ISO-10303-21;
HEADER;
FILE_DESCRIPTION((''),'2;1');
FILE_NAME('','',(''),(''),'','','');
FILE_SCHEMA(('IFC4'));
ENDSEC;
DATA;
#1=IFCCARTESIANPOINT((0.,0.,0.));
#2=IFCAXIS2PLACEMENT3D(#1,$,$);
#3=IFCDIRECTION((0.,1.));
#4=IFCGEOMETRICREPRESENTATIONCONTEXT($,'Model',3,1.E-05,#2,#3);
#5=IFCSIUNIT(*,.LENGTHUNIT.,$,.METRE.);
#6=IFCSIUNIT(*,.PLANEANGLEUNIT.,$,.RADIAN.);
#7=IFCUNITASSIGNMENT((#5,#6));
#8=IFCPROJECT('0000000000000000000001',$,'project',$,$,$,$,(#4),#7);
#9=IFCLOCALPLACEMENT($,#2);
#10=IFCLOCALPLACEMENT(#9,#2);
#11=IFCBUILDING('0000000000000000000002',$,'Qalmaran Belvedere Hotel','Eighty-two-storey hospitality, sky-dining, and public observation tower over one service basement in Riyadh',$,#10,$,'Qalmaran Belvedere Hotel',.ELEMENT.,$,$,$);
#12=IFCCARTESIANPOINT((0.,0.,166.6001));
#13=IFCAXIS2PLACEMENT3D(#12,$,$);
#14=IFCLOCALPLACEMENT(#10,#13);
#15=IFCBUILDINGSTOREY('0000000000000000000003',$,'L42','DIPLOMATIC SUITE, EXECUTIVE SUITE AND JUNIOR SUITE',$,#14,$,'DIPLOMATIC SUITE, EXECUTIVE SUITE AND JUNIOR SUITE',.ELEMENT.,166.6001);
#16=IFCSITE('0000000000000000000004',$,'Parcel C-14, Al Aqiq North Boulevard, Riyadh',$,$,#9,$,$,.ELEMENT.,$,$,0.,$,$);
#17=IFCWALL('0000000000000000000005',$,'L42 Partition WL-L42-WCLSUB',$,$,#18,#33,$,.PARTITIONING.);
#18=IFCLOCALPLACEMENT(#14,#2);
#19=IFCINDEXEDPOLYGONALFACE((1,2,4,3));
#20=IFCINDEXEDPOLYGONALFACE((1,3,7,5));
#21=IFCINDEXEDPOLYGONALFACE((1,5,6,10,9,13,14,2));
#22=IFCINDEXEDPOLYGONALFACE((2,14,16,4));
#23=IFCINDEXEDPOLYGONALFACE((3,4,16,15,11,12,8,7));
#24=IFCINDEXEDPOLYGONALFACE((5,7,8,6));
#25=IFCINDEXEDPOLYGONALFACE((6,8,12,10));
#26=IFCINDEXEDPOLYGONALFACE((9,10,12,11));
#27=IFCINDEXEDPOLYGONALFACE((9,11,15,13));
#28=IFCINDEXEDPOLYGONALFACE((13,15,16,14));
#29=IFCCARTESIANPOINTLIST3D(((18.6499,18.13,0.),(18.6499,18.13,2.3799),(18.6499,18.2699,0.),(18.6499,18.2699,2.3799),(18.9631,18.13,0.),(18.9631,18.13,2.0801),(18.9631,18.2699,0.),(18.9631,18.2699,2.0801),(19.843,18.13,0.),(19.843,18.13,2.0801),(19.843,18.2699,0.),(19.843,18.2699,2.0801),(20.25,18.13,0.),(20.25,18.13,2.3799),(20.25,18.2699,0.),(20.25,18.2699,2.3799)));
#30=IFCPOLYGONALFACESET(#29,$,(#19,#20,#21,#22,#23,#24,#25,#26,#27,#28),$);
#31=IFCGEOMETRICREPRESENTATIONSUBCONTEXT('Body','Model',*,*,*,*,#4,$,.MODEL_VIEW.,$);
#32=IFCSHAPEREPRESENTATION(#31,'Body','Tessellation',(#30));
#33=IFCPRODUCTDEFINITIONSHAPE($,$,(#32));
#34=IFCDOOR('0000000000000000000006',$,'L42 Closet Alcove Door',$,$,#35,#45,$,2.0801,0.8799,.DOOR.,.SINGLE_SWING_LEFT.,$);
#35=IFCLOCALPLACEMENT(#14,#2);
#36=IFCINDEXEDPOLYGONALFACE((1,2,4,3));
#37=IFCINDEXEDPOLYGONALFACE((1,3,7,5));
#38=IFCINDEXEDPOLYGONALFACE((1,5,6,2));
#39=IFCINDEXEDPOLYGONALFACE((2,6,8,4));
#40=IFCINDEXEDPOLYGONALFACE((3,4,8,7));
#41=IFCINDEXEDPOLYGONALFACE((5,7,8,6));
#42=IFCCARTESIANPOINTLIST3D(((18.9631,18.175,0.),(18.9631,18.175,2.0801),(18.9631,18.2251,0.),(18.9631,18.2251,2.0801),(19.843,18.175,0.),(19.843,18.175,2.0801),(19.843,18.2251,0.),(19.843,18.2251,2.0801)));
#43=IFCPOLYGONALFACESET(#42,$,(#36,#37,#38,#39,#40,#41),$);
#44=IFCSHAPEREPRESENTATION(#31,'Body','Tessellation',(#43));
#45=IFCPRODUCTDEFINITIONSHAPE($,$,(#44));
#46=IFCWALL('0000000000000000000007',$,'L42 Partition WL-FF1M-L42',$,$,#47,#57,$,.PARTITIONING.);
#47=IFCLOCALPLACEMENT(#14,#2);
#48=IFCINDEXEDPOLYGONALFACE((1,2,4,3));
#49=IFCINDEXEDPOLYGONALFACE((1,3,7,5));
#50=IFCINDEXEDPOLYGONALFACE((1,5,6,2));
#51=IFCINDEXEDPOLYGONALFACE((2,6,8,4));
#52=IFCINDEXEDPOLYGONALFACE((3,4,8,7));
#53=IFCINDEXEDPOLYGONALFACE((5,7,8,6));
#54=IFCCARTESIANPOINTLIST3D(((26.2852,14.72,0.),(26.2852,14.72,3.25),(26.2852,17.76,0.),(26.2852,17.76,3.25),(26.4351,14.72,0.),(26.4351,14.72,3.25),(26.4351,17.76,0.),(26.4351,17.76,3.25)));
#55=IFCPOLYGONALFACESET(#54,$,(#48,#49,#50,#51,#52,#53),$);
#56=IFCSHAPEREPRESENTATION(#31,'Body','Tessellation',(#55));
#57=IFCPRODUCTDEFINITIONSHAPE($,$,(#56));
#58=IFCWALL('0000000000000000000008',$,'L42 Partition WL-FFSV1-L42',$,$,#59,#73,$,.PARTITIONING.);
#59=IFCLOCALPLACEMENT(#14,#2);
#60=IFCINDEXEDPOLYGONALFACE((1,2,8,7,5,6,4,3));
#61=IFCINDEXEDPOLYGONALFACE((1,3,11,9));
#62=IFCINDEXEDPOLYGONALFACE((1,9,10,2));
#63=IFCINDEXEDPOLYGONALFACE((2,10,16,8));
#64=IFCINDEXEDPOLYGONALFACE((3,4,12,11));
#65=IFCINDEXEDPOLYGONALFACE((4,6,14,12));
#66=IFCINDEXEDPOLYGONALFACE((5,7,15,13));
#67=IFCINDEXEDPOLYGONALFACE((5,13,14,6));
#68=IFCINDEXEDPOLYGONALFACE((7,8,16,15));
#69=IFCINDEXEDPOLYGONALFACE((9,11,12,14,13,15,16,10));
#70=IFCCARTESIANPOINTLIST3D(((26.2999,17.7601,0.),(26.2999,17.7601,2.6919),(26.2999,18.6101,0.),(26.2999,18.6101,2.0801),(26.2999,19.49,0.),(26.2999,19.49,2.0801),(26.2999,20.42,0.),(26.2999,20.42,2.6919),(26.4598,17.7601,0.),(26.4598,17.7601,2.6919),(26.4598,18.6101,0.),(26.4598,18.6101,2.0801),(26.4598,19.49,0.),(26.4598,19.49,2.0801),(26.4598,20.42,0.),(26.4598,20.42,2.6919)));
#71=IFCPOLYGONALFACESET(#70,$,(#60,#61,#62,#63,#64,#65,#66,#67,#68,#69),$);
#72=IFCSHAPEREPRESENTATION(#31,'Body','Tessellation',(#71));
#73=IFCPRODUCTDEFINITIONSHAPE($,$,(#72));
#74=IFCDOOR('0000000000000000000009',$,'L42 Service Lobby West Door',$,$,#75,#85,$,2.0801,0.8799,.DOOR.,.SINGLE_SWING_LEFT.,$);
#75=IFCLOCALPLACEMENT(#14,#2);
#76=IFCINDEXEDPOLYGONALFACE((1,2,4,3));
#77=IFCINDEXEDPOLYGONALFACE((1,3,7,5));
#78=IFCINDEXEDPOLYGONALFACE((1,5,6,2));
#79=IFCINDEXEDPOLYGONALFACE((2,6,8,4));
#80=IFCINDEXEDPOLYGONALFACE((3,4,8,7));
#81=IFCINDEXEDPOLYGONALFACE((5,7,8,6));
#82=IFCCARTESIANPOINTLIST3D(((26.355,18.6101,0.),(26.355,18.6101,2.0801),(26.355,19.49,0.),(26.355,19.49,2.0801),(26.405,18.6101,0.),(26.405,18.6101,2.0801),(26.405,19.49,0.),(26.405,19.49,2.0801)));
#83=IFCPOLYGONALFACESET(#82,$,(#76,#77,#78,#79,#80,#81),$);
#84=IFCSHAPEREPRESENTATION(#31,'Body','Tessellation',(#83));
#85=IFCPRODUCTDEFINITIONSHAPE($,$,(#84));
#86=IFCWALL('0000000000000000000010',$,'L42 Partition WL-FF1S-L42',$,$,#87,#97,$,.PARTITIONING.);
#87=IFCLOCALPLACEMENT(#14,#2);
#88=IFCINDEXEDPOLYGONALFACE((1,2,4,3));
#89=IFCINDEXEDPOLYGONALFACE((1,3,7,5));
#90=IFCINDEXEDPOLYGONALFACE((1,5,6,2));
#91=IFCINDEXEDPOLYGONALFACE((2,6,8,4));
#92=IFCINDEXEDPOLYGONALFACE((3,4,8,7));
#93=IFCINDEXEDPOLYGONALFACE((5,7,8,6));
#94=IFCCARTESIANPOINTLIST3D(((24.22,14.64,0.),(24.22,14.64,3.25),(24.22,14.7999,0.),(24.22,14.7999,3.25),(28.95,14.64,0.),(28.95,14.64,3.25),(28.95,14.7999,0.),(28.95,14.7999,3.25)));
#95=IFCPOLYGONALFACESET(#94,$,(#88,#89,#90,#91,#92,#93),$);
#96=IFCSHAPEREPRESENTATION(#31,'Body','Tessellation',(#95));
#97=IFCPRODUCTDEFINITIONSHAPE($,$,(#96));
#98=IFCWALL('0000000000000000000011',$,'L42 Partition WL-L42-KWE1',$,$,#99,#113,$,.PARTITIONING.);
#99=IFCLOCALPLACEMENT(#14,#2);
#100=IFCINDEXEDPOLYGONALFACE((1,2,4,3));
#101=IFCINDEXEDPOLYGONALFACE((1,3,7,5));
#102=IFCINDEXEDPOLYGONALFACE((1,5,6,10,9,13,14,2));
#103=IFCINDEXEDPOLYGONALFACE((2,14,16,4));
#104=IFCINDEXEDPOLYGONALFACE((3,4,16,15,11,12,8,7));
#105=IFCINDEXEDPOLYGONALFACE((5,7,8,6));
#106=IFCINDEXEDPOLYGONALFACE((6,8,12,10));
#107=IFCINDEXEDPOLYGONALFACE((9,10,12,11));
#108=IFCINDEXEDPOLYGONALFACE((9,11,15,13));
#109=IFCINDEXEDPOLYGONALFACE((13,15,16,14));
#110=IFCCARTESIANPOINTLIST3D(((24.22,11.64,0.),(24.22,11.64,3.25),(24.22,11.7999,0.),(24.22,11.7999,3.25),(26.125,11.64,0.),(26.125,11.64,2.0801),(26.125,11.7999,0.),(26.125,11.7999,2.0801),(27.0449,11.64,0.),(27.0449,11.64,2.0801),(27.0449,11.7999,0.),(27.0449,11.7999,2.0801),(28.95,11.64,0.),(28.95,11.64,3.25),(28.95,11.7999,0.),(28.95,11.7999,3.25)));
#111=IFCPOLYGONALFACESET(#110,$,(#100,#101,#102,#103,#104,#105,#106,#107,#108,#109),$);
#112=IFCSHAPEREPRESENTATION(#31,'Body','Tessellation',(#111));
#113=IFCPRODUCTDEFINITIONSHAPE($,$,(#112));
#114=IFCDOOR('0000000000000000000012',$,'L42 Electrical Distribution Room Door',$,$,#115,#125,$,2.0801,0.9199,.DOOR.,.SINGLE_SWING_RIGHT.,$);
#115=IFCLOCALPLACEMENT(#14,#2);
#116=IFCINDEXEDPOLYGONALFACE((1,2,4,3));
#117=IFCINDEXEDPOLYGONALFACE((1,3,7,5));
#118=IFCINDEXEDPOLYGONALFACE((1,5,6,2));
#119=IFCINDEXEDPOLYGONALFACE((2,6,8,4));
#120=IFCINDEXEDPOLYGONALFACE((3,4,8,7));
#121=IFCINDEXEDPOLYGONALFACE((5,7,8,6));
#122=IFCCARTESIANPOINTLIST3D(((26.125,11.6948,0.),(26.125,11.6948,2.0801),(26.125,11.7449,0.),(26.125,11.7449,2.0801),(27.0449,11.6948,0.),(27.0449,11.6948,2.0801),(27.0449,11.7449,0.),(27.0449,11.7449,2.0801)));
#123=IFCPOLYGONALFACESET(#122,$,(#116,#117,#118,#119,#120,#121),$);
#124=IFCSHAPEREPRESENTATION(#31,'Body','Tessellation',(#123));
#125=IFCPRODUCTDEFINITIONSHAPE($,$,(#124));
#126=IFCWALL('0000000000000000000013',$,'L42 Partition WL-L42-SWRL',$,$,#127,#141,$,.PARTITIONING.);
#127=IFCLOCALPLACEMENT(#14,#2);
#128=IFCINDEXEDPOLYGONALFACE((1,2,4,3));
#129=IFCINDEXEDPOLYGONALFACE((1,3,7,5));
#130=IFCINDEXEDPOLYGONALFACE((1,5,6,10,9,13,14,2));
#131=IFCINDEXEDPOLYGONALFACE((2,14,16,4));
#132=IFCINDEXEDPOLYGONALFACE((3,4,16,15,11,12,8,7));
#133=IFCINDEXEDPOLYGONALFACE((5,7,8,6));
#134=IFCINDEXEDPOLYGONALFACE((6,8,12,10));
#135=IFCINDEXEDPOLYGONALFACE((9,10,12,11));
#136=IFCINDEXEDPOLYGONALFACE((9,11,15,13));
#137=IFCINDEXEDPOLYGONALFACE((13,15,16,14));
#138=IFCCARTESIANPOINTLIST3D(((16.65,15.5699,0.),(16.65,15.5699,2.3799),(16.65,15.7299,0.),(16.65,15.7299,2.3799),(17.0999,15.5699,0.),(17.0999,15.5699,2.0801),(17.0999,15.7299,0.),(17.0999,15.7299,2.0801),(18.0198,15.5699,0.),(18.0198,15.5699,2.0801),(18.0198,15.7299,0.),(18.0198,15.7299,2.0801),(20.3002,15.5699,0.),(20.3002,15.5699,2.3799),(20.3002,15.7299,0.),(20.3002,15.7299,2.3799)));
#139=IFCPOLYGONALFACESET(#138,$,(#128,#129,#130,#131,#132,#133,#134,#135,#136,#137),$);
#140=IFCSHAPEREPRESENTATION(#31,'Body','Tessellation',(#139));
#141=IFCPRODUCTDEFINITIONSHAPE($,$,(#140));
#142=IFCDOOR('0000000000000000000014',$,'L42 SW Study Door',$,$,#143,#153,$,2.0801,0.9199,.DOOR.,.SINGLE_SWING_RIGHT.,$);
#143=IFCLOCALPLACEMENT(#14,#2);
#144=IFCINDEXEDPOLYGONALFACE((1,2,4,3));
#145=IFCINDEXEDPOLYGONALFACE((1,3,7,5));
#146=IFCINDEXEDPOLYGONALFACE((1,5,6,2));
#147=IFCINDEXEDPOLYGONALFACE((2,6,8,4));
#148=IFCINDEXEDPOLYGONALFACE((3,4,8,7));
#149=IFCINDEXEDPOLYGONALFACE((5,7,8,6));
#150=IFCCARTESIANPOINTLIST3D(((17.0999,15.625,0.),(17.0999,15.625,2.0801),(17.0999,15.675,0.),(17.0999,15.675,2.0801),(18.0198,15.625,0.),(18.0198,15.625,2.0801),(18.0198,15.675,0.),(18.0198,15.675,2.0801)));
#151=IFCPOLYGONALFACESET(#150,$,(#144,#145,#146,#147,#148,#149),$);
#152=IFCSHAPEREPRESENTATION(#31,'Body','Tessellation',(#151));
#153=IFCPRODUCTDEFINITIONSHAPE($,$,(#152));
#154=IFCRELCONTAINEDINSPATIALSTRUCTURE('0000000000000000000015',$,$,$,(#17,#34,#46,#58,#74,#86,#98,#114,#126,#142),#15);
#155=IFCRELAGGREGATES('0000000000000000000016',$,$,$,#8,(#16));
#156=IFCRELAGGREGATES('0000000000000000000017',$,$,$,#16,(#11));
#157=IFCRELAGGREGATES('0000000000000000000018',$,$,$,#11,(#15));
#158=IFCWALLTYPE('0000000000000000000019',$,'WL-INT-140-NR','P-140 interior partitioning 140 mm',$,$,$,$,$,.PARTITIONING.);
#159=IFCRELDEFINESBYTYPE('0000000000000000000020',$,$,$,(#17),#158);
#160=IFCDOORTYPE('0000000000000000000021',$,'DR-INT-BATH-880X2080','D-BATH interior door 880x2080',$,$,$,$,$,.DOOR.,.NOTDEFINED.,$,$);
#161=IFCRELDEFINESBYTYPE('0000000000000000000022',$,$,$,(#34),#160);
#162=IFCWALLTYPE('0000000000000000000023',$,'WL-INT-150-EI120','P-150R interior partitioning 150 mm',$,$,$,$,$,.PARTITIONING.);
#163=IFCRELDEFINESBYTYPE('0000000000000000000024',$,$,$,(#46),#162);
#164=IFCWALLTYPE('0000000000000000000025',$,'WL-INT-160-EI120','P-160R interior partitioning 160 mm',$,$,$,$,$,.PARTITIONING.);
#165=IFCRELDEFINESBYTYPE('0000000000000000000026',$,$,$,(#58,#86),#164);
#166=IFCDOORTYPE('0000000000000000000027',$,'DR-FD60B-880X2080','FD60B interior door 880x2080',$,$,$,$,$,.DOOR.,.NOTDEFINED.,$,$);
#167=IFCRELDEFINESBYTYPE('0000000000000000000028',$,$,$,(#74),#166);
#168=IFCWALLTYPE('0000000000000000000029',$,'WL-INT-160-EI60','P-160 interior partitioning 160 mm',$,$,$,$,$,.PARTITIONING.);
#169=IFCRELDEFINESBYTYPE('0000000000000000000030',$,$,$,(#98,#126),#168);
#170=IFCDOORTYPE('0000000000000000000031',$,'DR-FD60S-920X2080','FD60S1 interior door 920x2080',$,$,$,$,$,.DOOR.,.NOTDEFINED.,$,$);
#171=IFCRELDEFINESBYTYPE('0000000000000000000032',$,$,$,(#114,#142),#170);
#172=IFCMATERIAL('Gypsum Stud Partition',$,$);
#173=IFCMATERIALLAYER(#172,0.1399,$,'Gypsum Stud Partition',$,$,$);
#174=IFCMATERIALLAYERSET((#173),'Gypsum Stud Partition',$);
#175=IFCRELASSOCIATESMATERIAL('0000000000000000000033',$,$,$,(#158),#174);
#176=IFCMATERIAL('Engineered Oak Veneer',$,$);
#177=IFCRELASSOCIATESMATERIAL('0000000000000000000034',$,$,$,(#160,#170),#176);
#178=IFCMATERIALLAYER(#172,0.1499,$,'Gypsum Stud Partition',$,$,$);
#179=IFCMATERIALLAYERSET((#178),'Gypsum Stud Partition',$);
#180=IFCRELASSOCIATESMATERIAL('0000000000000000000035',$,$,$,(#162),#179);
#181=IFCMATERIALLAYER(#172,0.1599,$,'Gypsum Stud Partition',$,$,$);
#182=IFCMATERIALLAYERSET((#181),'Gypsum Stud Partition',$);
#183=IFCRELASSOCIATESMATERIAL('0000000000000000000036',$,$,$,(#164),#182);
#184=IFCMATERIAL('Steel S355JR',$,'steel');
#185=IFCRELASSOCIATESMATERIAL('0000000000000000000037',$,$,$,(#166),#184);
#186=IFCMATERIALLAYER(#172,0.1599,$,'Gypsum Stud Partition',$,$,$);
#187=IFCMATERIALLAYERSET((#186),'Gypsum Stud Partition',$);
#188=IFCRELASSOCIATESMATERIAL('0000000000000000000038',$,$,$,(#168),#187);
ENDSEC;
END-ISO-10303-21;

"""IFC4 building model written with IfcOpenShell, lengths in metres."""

from ifc_helpers import new_model, si_unit, direction, frame, frame_2d, origin, place, context, subcontext, project, spatial, rectangle, extrude, material, layer, layer_set, type_object, element, fill, save


model = new_model("IFC4")

# Units and contexts
model_context = context("Model", 3, precision=1e-05, world=origin(), true_north=direction((0.0, 1.0)))
body_context = subcontext(model_context, "Body", "Model", "MODEL_VIEW")
ifc_project = project(units=[si_unit("LENGTHUNIT", "METRE"), si_unit("PLANEANGLEUNIT", "RADIAN")], contexts=[model_context])

# Site, building, storey
site_placement = place(None, origin())
site = spatial("IfcSite", under=ifc_project, at=site_placement, Name="Parcel C-14, Al Aqiq North Boulevard, Riyadh", CompositionType="ELEMENT", RefElevation=0.0)
building_placement = place(site_placement, origin())
building = spatial("IfcBuilding", under=site, at=building_placement, Name="Qalmaran Belvedere Hotel", Description="Eighty-two-storey hospitality, sky-dining, and public observation tower over one service basement in Riyadh", LongName="Qalmaran Belvedere Hotel", CompositionType="ELEMENT")
storey_placement = place(building_placement, frame((0.0, 0.0, 166.6001)))
storey = spatial("IfcBuildingStorey", under=building, at=storey_placement, Name="L42", Description="DIPLOMATIC SUITE, EXECUTIVE SUITE AND JUNIOR SUITE", LongName="DIPLOMATIC SUITE, EXECUTIVE SUITE AND JUNIOR SUITE", CompositionType="ELEMENT", Elevation=166.6001)

# Wall, opening, door
ifc_material_1 = material(Name="Gypsum Stud Partition")
ifc_layer_1 = layer(ifc_material_1, 0.1399, Name="Gypsum Stud Partition")
ifc_layer_set_1 = layer_set([ifc_layer_1], Name="Gypsum Stud Partition")
wall_type_1 = type_object("IfcWallType", Name="WL-INT-140-NR", Description="P-140 interior partitioning 140 mm", PredefinedType="PARTITIONING", material=ifc_layer_set_1)
wall_1_placement = place(storey_placement, frame((18.6499, 18.2, 0.0), z_axis=(0.0, 0.0, 1.0), x_axis=(1.0, 0.0, 0.0)))
wall_1 = element("IfcWall", 1, at=wall_1_placement, inside=storey, type_object=wall_type_1, Name="L42 Partition WL-L42-WCLSUB", PredefinedType="PARTITIONING", context=body_context, shape_type="SweptSolid", body=[
    extrude(rectangle(XDim=1.6001, YDim=0.1399, at=frame_2d((0.8, 0.0))), origin(), (0.0, 0.0, 1.0), 2.3799),
])
opening_1_placement = place(wall_1_placement, frame((1.1931, 0.0, 0.0), z_axis=(0.0, 0.0, 1.0), x_axis=(-1.0, 0.0, 0.0)))
opening_1 = element("IfcOpeningElement", 2, at=opening_1_placement, cuts=wall_1, PredefinedType="OPENING", context=body_context, shape_type="SweptSolid", body=[
    extrude(rectangle(XDim=0.8799, YDim=2.0801, at=frame_2d((0.4399, 1.04))), frame((0.0, 0.0801, 0.0), z_axis=(0.0, -1.0, 0.0), x_axis=(1.0, 0.0, 0.0)), (0.0, 0.0, 1.0), 0.1599),
])
ifc_material_2 = material(Name="Engineered Oak Veneer")
door_type_1 = type_object("IfcDoorType", Name="DR-INT-BATH-880X2080", Description="D-BATH interior door 880x2080", OperationType="NOTDEFINED", PredefinedType="DOOR", material=ifc_material_2)
door_1_placement = place(opening_1_placement, origin())
door_1 = element("IfcDoor", 3, at=door_1_placement, inside=storey, type_object=door_type_1, Name="L42 Closet Alcove Door", OperationType="SINGLE_SWING_LEFT", OverallHeight=2.0801, OverallWidth=0.8799, PredefinedType="DOOR", context=body_context, shape_type="SweptSolid", body=[
    extrude(rectangle(XDim=0.8799, YDim=2.0801, at=frame_2d((0.4399, 1.04))), frame((0.0, 0.0249, 0.0), z_axis=(0.0, -1.0, 0.0), x_axis=(1.0, 0.0, 0.0)), (0.0, 0.0, 1.0), 0.05),
])
fill(opening_1, door_1)

# Wall
ifc_layer_2 = layer(ifc_material_1, 0.1499, Name="Gypsum Stud Partition")
ifc_layer_set_2 = layer_set([ifc_layer_2], Name="Gypsum Stud Partition")
wall_type_2 = type_object("IfcWallType", Name="WL-INT-150-EI120", Description="P-150R interior partitioning 150 mm", PredefinedType="PARTITIONING", material=ifc_layer_set_2)
wall_2_placement = place(storey_placement, frame((26.3601, 14.72, 0.0), z_axis=(0.0, 0.0, 1.0), x_axis=(0.0, 1.0, 0.0)))
element("IfcWall", 4, at=wall_2_placement, inside=storey, type_object=wall_type_2, Name="L42 Partition WL-FF1M-L42", PredefinedType="PARTITIONING", context=body_context, shape_type="SweptSolid", body=[
    extrude(rectangle(XDim=3.04, YDim=0.1499, at=frame_2d((1.52, 0.0))), origin(), (0.0, 0.0, 1.0), 3.25),
])

# Wall, opening, door
ifc_layer_3 = layer(ifc_material_1, 0.1599, Name="Gypsum Stud Partition")
ifc_layer_set_3 = layer_set([ifc_layer_3], Name="Gypsum Stud Partition")
wall_type_3 = type_object("IfcWallType", Name="WL-INT-160-EI120", Description="P-160R interior partitioning 160 mm", PredefinedType="PARTITIONING", material=ifc_layer_set_3)
wall_3_placement = place(storey_placement, frame((26.3799, 17.76, 0.0), z_axis=(0.0, 0.0, 1.0), x_axis=(0.0, 1.0, 0.0)))
wall_3 = element("IfcWall", 5, at=wall_3_placement, inside=storey, type_object=wall_type_3, Name="L42 Partition WL-FFSV1-L42", PredefinedType="PARTITIONING", context=body_context, shape_type="SweptSolid", body=[
    extrude(rectangle(XDim=2.6599, YDim=0.1599, at=frame_2d((1.3301, 0.0))), origin(), (0.0, 0.0, 1.0), 2.6919),
])
opening_2_placement = place(wall_3_placement, frame((0.8501, 0.0, 0.0)))
opening_2 = element("IfcOpeningElement", 6, at=opening_2_placement, cuts=wall_3, PredefinedType="OPENING", context=body_context, shape_type="SweptSolid", body=[
    extrude(rectangle(XDim=0.8799, YDim=2.0801, at=frame_2d((0.4399, 1.04))), frame((0.0, 0.0898, 0.0), z_axis=(0.0, -1.0, 0.0), x_axis=(1.0, 0.0, 0.0)), (0.0, 0.0, 1.0), 0.1799),
])
ifc_material_3 = material(Name="Steel S355JR", Category="steel")
door_type_2 = type_object("IfcDoorType", Name="DR-FD60B-880X2080", Description="FD60B interior door 880x2080", OperationType="NOTDEFINED", PredefinedType="DOOR", material=ifc_material_3)
door_2_placement = place(opening_2_placement, origin())
door_2 = element("IfcDoor", 7, at=door_2_placement, inside=storey, type_object=door_type_2, Name="L42 Service Lobby West Door", OperationType="SINGLE_SWING_LEFT", OverallHeight=2.0801, OverallWidth=0.8799, PredefinedType="DOOR", context=body_context, shape_type="SweptSolid", body=[
    extrude(rectangle(XDim=0.8799, YDim=2.0801, at=frame_2d((0.4399, 1.04))), frame((0.0, 0.0249, 0.0), z_axis=(0.0, -1.0, 0.0), x_axis=(1.0, 0.0, 0.0)), (0.0, 0.0, 1.0), 0.05),
])
fill(opening_2, door_2)

# Wall
wall_4_placement = place(storey_placement, frame((24.22, 14.72, 0.0), z_axis=(0.0, 0.0, 1.0), x_axis=(1.0, 0.0, 0.0)))
element("IfcWall", 8, at=wall_4_placement, inside=storey, type_object=wall_type_3, Name="L42 Partition WL-FF1S-L42", PredefinedType="PARTITIONING", context=body_context, shape_type="SweptSolid", body=[
    extrude(rectangle(XDim=4.73, YDim=0.1599, at=frame_2d((2.365, 0.0))), origin(), (0.0, 0.0, 1.0), 3.25),
])

# Walls, openings, doors
ifc_layer_4 = layer(ifc_material_1, 0.1599, Name="Gypsum Stud Partition")
ifc_layer_set_4 = layer_set([ifc_layer_4], Name="Gypsum Stud Partition")
wall_type_4 = type_object("IfcWallType", Name="WL-INT-160-EI60", Description="P-160 interior partitioning 160 mm", PredefinedType="PARTITIONING", material=ifc_layer_set_4)
wall_5_placement = place(storey_placement, frame((24.22, 11.72, 0.0), z_axis=(0.0, 0.0, 1.0), x_axis=(1.0, 0.0, 0.0)))
wall_5 = element("IfcWall", 9, at=wall_5_placement, inside=storey, type_object=wall_type_4, Name="L42 Partition WL-L42-KWE1", PredefinedType="PARTITIONING", context=body_context, shape_type="SweptSolid", body=[
    extrude(rectangle(XDim=4.73, YDim=0.1599, at=frame_2d((2.365, 0.0))), origin(), (0.0, 0.0, 1.0), 3.25),
])
opening_3_placement = place(wall_5_placement, frame((1.905, 0.0, 0.0)))
opening_3 = element("IfcOpeningElement", 10, at=opening_3_placement, cuts=wall_5, PredefinedType="OPENING", context=body_context, shape_type="SweptSolid", body=[
    extrude(rectangle(XDim=0.9199, YDim=2.0801, at=frame_2d((0.46, 1.04))), frame((0.0, 0.0898, 0.0), z_axis=(0.0, -1.0, 0.0), x_axis=(1.0, 0.0, 0.0)), (0.0, 0.0, 1.0), 0.1799),
])
door_type_3 = type_object("IfcDoorType", Name="DR-FD60S-920X2080", Description="FD60S1 interior door 920x2080", OperationType="NOTDEFINED", PredefinedType="DOOR", material=ifc_material_2)
door_3_placement = place(opening_3_placement, origin())
door_3 = element("IfcDoor", 11, at=door_3_placement, inside=storey, type_object=door_type_3, Name="L42 Electrical Distribution Room Door", OperationType="SINGLE_SWING_RIGHT", OverallHeight=2.0801, OverallWidth=0.9199, PredefinedType="DOOR", context=body_context, shape_type="SweptSolid", body=[
    extrude(rectangle(XDim=0.9199, YDim=2.0801, at=frame_2d((0.46, 1.04))), frame((0.0, 0.0249, 0.0), z_axis=(0.0, -1.0, 0.0), x_axis=(1.0, 0.0, 0.0)), (0.0, 0.0, 1.0), 0.05),
])
fill(opening_3, door_3)
wall_6_placement = place(storey_placement, frame((16.6499, 15.6499, 0.0), z_axis=(0.0, 0.0, 1.0), x_axis=(1.0, 0.0, 0.0)))
wall_6 = element("IfcWall", 12, at=wall_6_placement, inside=storey, type_object=wall_type_4, Name="L42 Partition WL-L42-SWRL", PredefinedType="PARTITIONING", context=body_context, shape_type="SweptSolid", body=[
    extrude(rectangle(XDim=3.6501, YDim=0.1599, at=frame_2d((1.8252, 0.0))), origin(), (0.0, 0.0, 1.0), 2.3799),
])
opening_4_placement = place(wall_6_placement, frame((1.3699, 0.0, 0.0), z_axis=(0.0, 0.0, 1.0), x_axis=(-1.0, 0.0, 0.0)))
opening_4 = element("IfcOpeningElement", 13, at=opening_4_placement, cuts=wall_6, PredefinedType="OPENING", context=body_context, shape_type="SweptSolid", body=[
    extrude(rectangle(XDim=0.9199, YDim=2.0801, at=frame_2d((0.46, 1.04))), frame((0.0, 0.0898, 0.0), z_axis=(0.0, -1.0, 0.0), x_axis=(1.0, 0.0, 0.0)), (0.0, 0.0, 1.0), 0.1799),
])
door_4_placement = place(opening_4_placement, origin())
door_4 = element("IfcDoor", 14, at=door_4_placement, inside=storey, type_object=door_type_3, Name="L42 SW Study Door", OperationType="SINGLE_SWING_RIGHT", OverallHeight=2.0801, OverallWidth=0.9199, PredefinedType="DOOR", context=body_context, shape_type="SweptSolid", body=[
    extrude(rectangle(XDim=0.9199, YDim=2.0801, at=frame_2d((0.46, 1.04))), frame((0.0, 0.0249, 0.0), z_axis=(0.0, -1.0, 0.0), x_axis=(1.0, 0.0, 0.0)), (0.0, 0.0, 1.0), 0.05),
])
fill(opening_4, door_4)

save(model, "model.ifc")
